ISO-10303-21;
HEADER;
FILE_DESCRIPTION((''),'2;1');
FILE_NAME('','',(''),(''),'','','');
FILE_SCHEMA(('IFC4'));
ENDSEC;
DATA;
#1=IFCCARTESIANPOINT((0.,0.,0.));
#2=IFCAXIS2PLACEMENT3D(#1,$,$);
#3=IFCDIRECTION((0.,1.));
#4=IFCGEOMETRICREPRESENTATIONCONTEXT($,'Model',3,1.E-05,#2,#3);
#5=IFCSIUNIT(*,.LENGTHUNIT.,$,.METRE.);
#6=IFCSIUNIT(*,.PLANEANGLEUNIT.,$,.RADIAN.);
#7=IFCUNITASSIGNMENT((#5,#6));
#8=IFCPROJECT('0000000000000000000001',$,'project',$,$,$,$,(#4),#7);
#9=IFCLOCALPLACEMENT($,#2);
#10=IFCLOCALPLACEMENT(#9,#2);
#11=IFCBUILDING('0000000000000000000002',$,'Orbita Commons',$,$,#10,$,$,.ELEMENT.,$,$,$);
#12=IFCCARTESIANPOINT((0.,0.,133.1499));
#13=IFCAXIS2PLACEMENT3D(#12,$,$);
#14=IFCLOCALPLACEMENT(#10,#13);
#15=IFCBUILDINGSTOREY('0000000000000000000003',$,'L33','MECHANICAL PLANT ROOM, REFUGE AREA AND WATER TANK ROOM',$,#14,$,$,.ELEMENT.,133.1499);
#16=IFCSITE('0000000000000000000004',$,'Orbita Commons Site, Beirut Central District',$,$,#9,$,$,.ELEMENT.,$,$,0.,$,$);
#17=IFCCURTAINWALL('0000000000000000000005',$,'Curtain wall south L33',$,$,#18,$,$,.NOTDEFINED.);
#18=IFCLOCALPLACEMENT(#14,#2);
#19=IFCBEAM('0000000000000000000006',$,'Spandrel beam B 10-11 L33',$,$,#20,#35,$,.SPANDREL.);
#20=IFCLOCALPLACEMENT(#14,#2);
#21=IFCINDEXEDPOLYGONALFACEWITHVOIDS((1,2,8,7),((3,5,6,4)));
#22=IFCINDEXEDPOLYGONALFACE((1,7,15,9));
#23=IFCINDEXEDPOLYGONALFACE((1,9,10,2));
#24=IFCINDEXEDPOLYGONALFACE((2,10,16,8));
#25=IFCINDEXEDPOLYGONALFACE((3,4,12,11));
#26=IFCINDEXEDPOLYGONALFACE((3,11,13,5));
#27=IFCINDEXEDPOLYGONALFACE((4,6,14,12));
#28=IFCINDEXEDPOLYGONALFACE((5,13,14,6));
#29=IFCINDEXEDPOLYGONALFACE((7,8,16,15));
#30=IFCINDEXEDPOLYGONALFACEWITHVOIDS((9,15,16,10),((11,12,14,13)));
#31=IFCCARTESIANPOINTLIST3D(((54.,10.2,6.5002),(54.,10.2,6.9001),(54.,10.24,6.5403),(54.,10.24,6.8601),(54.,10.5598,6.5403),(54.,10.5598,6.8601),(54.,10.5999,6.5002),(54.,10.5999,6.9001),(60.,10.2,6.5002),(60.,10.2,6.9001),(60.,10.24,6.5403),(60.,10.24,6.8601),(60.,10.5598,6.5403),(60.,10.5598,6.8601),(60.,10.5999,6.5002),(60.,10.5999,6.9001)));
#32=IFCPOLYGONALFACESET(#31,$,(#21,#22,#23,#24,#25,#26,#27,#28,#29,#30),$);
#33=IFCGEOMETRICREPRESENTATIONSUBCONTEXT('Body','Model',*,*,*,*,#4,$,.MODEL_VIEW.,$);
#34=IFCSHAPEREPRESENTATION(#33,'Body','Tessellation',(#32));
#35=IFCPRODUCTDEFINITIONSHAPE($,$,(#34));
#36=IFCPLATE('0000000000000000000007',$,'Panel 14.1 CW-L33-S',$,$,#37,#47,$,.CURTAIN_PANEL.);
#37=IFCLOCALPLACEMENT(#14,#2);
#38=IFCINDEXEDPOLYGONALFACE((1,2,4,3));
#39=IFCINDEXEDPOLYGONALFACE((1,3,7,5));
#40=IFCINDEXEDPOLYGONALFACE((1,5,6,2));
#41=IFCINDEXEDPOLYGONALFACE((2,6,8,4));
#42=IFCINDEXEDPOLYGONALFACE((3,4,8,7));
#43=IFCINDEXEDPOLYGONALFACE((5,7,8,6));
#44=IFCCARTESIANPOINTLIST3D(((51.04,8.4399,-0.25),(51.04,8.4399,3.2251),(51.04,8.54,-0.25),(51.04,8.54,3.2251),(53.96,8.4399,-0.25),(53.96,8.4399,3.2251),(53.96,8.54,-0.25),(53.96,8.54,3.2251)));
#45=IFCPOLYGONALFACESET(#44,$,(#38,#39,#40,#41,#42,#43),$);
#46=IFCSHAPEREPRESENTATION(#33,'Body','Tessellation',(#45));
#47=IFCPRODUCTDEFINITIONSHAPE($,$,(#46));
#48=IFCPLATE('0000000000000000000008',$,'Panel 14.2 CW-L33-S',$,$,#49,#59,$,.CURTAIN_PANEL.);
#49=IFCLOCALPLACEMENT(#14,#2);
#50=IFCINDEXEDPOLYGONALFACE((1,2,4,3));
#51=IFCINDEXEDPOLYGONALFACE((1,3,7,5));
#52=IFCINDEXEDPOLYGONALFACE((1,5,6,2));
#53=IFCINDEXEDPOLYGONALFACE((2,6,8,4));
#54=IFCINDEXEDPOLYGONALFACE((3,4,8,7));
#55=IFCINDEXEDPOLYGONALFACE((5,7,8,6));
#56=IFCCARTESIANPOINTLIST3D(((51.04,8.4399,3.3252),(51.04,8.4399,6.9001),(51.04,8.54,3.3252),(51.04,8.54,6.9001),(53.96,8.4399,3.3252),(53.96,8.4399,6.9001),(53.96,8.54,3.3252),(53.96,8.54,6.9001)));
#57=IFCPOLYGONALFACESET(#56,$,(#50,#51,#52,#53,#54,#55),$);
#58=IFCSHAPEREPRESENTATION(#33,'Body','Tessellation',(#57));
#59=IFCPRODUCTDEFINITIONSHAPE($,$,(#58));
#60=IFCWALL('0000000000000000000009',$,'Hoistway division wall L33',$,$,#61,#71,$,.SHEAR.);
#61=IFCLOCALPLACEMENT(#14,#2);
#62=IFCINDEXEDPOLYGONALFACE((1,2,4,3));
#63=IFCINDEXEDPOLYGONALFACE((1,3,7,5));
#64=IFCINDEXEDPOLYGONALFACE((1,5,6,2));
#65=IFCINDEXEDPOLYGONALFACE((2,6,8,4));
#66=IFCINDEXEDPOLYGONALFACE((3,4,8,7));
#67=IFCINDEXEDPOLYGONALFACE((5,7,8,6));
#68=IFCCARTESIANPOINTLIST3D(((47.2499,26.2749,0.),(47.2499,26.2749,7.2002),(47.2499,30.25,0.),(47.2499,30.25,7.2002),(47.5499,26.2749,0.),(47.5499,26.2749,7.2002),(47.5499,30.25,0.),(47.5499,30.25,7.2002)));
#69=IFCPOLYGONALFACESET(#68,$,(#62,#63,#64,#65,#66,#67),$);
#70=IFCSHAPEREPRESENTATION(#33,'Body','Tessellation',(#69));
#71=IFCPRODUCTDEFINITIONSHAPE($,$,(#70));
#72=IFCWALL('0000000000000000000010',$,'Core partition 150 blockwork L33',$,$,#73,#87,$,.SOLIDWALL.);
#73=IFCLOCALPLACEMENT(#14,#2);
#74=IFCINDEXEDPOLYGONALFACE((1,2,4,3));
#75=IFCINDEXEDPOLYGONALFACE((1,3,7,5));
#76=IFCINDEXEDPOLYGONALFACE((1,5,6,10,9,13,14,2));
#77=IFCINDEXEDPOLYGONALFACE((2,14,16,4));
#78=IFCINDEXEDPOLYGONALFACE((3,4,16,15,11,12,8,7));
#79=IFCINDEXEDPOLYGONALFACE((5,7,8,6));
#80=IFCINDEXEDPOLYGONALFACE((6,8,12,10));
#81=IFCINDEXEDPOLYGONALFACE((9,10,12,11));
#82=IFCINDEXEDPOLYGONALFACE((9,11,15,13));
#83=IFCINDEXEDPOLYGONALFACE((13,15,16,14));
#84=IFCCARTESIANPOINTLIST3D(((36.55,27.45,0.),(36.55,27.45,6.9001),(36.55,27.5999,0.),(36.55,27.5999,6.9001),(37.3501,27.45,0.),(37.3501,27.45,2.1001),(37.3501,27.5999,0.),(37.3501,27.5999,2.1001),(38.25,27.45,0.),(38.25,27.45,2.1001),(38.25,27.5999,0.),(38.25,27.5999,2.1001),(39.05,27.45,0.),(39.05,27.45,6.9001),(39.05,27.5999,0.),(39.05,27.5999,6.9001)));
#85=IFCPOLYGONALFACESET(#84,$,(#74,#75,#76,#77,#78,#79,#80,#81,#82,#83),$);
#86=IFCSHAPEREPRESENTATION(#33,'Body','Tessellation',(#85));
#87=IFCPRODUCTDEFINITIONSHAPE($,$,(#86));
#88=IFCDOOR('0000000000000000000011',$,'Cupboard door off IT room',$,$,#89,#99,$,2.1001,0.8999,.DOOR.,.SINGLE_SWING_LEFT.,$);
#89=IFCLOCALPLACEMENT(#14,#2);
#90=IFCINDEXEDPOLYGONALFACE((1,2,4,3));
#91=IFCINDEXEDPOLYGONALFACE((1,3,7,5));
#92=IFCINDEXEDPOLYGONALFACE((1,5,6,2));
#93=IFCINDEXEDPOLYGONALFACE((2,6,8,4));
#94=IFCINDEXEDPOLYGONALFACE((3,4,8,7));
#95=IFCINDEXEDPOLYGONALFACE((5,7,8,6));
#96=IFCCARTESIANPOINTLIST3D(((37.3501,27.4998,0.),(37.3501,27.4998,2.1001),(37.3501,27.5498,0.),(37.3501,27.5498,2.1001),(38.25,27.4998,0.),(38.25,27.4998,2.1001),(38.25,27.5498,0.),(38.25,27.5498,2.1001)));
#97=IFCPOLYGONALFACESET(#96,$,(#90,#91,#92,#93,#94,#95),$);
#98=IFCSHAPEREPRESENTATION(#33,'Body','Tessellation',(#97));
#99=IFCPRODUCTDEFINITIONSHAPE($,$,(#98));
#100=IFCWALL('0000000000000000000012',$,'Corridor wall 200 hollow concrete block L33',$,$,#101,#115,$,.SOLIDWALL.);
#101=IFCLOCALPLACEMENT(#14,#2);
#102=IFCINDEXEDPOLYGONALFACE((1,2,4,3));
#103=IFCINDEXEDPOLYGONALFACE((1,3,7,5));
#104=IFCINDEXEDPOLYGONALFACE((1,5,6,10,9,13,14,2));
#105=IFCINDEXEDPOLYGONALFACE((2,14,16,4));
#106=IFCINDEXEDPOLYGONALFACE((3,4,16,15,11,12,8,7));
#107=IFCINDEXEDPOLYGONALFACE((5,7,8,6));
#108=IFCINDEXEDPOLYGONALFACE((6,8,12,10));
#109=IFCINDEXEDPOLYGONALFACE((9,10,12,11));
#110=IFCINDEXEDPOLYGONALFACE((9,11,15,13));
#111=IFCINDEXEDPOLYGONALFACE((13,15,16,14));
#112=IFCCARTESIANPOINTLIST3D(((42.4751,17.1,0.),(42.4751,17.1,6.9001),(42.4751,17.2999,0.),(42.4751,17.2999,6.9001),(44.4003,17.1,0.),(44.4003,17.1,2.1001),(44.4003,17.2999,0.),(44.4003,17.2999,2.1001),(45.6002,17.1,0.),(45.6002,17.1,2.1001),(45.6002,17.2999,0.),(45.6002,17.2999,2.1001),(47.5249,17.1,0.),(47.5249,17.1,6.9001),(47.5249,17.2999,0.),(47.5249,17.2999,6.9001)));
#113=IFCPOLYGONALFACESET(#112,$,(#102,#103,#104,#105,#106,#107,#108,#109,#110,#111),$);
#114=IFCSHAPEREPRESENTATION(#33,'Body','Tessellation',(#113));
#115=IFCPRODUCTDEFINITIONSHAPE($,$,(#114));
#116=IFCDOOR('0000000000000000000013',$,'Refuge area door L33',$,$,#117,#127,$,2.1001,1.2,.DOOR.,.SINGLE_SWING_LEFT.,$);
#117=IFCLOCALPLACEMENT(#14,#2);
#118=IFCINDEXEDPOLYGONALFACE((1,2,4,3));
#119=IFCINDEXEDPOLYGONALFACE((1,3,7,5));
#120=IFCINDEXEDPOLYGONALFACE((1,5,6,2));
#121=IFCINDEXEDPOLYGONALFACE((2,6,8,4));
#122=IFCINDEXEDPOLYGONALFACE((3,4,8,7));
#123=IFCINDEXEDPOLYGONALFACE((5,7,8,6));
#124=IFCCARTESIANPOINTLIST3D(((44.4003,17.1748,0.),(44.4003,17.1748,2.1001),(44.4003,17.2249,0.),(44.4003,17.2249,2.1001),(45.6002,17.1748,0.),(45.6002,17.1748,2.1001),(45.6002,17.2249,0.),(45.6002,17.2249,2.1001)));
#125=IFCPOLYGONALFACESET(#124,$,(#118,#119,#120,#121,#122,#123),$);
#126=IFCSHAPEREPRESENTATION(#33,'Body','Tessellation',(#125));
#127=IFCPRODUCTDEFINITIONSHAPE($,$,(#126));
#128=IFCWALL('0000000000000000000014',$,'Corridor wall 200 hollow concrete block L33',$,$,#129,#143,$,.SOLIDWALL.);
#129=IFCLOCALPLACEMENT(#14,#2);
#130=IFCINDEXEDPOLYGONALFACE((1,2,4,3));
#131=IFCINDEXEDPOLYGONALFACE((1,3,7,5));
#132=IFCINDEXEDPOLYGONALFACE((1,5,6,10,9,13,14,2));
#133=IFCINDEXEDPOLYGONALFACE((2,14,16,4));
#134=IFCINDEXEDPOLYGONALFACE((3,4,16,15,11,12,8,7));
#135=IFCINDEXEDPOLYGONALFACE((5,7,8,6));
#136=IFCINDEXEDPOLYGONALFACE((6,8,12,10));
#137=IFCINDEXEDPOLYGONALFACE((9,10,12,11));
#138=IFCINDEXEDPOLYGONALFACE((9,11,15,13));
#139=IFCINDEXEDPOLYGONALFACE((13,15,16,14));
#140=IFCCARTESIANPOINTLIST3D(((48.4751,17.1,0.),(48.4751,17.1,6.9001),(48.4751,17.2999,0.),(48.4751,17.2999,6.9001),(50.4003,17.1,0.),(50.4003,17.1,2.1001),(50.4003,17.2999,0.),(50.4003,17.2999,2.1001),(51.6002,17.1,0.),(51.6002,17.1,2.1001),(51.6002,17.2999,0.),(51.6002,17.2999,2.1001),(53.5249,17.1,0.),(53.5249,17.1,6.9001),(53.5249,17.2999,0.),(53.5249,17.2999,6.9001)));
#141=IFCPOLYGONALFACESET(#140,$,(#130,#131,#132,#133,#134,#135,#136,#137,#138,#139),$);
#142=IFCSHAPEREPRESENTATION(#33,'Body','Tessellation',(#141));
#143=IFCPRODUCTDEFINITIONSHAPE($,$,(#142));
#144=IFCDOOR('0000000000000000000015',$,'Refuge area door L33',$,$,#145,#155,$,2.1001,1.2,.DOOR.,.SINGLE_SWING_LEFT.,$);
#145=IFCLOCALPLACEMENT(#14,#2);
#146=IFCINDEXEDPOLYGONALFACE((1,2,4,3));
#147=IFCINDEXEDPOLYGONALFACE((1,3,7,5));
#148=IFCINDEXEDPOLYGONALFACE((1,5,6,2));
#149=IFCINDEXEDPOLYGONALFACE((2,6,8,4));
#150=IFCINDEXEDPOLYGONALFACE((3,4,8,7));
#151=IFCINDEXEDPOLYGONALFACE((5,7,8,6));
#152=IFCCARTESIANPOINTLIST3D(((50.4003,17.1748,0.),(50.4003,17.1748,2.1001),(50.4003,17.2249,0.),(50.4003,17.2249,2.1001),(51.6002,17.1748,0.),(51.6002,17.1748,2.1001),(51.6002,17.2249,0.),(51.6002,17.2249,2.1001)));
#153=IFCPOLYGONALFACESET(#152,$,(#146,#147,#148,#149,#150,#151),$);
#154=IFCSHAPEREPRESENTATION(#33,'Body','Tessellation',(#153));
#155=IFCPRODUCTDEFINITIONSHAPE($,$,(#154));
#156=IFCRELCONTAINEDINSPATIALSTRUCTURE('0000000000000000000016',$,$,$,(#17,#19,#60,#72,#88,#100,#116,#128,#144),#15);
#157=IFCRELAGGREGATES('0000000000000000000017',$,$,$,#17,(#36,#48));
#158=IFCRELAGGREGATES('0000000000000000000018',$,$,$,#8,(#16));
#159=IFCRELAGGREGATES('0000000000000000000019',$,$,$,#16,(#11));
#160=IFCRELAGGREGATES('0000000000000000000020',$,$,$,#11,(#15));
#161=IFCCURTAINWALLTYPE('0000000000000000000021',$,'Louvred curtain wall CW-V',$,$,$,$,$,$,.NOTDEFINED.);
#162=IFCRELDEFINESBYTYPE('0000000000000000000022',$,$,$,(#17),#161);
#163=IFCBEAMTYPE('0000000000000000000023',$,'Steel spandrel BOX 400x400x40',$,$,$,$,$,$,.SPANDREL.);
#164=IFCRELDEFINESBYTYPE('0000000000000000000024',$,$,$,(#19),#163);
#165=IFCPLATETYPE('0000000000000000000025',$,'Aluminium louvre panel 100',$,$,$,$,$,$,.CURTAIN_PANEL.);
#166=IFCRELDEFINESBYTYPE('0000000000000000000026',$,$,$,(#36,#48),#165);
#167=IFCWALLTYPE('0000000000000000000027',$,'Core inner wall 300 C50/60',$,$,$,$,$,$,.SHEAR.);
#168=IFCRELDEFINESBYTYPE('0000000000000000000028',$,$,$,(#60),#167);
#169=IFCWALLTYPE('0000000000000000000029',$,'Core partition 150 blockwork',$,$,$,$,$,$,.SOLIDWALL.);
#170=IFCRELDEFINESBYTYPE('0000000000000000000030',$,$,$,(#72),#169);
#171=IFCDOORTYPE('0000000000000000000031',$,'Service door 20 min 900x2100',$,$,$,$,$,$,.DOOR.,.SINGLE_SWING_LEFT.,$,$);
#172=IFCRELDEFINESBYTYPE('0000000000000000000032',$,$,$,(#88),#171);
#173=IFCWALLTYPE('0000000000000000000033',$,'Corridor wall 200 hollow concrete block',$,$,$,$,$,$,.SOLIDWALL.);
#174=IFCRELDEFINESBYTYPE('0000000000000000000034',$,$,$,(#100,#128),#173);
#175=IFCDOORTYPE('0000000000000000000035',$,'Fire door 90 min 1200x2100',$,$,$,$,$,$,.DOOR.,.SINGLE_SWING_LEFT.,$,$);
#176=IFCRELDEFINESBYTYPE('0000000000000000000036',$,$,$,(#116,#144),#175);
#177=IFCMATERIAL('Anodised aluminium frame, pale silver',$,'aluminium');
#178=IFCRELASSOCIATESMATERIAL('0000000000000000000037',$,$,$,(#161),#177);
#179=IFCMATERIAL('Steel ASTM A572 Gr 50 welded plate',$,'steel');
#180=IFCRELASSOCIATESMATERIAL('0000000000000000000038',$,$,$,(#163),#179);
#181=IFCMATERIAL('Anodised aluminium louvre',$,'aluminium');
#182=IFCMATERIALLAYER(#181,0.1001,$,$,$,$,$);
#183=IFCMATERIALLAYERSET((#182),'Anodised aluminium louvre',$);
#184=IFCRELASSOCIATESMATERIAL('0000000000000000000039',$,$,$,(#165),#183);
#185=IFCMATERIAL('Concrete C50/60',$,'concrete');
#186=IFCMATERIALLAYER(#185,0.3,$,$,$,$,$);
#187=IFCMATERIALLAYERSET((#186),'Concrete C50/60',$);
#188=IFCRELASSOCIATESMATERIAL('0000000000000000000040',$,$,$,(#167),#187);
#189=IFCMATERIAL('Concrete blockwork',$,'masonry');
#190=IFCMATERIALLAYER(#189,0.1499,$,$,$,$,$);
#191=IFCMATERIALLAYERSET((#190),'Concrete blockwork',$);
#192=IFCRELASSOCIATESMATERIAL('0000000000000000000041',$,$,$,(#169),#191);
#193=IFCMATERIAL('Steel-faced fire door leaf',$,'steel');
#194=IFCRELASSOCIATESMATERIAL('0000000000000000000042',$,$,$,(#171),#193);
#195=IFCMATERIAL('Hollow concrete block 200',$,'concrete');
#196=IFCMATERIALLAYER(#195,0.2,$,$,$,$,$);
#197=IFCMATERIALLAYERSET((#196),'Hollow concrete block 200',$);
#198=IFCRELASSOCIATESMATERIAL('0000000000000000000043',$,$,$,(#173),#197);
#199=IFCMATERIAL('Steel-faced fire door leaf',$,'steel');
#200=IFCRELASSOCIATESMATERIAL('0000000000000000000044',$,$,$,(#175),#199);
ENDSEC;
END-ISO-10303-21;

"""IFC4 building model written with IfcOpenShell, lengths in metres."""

from ifc_helpers import new_model, si_unit, direction, frame, frame_2d, origin, origin_2d, place, context, subcontext, project, spatial, rectangle, hollow_rectangle, extrude, material, layer, layer_set, material_profile, profile_set, type_object, element, fill, aggregate, save


model = new_model("IFC4")

# Units and contexts
model_context = context("Model", 3, precision=1e-05, world=origin(), true_north=direction((0.0, 1.0)))
body_context = subcontext(model_context, "Body", "Model", "MODEL_VIEW")
ifc_project = project(units=[si_unit("LENGTHUNIT", "METRE"), si_unit("PLANEANGLEUNIT", "RADIAN")], contexts=[model_context])

# Site, building, storey
site_placement = place(None, origin())
site = spatial("IfcSite", under=ifc_project, at=site_placement, Name="Orbita Commons Site, Beirut Central District", CompositionType="ELEMENT", RefElevation=0.0)
building_placement = place(site_placement, origin())
building = spatial("IfcBuilding", under=site, at=building_placement, Name="Orbita Commons", CompositionType="ELEMENT")
storey_placement = place(building_placement, frame((0.0, 0.0, 133.1499)))
storey = spatial("IfcBuildingStorey", under=building, at=storey_placement, Name="L33", Description="MECHANICAL PLANT ROOM, REFUGE AREA AND WATER TANK ROOM", CompositionType="ELEMENT", Elevation=133.1499)

# Curtain wall
ifc_material_1 = material(Name="Anodised aluminium frame, pale silver", Category="aluminium")
curtain_wall_type = type_object("IfcCurtainWallType", Name="Louvred curtain wall CW-V", PredefinedType="NOTDEFINED", material=ifc_material_1)
curtain_wall_placement = place(storey_placement, origin())
curtain_wall = element("IfcCurtainWall", 1, at=curtain_wall_placement, inside=storey, type_object=curtain_wall_type, Name="Curtain wall south L33", PredefinedType="NOTDEFINED")

# Beam
ifc_material_2 = material(Name="Steel ASTM A572 Gr 50 welded plate", Category="steel")
ifc_material_profile_1 = material_profile(ifc_material_2, hollow_rectangle(XDim=0.3999, YDim=0.3999, WallThickness=0.04, at=origin_2d()), Name="BOX 400x400x40")
ifc_profile_set_1 = profile_set([ifc_material_profile_1], Name="Steel ASTM A572 Gr 50 welded plate")
beam_type = type_object("IfcBeamType", Name="Steel spandrel BOX 400x400x40", PredefinedType="SPANDREL", material=ifc_profile_set_1)
for number, where, z_axis, x_axis, name in (
    (2, (54.0, 10.3999, 6.7002), (1.0, 0.0, 0.0), (0.0, 1.0, 0.0), "Spandrel beam B 10-11 L33"),
):
    element("IfcBeam", number, at=place(storey_placement, frame(where, z_axis=z_axis, x_axis=x_axis)), inside=storey, type_object=beam_type, Name=name, PredefinedType="SPANDREL", context=body_context, shape_type="SweptSolid", body=[
        extrude(hollow_rectangle(XDim=0.3999, YDim=0.3999, WallThickness=0.04, at=origin_2d()), origin(), (0.0, 0.0, 1.0), 6.0),
    ])

# Plates
ifc_material_3 = material(Name="Anodised aluminium louvre", Category="aluminium")
ifc_layer_1 = layer(ifc_material_3, 0.1001)
ifc_layer_set_1 = layer_set([ifc_layer_1], Name="Anodised aluminium louvre")
plate_type = type_object("IfcPlateType", Name="Aluminium louvre panel 100", PredefinedType="CURTAIN_PANEL", material=ifc_layer_set_1)
plate_1_placement = place(storey_placement, frame((52.5, 8.49, -0.25), z_axis=(0.0, 0.0, 1.0), x_axis=(1.0, 0.0, 0.0)))
plate_1 = element("IfcPlate", 3, at=plate_1_placement, type_object=plate_type, Name="Panel 14.1 CW-L33-S", PredefinedType="CURTAIN_PANEL", context=body_context, shape_type="SweptSolid", body=[
    extrude(rectangle(XDim=2.9199, YDim=0.1001, at=origin_2d()), origin(), (0.0, 0.0, 1.0), 3.4751),
])
plate_2_placement = place(storey_placement, frame((52.5, 8.49, 3.3252), z_axis=(0.0, 0.0, 1.0), x_axis=(1.0, 0.0, 0.0)))
plate_2 = element("IfcPlate", 4, at=plate_2_placement, type_object=plate_type, Name="Panel 14.2 CW-L33-S", PredefinedType="CURTAIN_PANEL", context=body_context, shape_type="SweptSolid", body=[
    extrude(rectangle(XDim=2.9199, YDim=0.1001, at=origin_2d()), origin(), (0.0, 0.0, 1.0), 3.575),
])
aggregate(curtain_wall, [plate_1, plate_2])

# Wall
ifc_material_4 = material(Name="Concrete C50/60", Category="concrete")
ifc_layer_2 = layer(ifc_material_4, 0.3)
ifc_layer_set_2 = layer_set([ifc_layer_2], Name="Concrete C50/60")
wall_type_1 = type_object("IfcWallType", Name="Core inner wall 300 C50/60", PredefinedType="SHEAR", material=ifc_layer_set_2)
wall_1_placement = place(storey_placement, frame((47.3999, 26.2749, 0.0), z_axis=(0.0, 0.0, 1.0), x_axis=(0.0, 1.0, 0.0)))
element("IfcWall", 5, at=wall_1_placement, inside=storey, type_object=wall_type_1, Name="Hoistway division wall L33", PredefinedType="SHEAR", context=body_context, shape_type="SweptSolid", body=[
    extrude(rectangle(XDim=3.9751, YDim=0.3, at=frame_2d((1.9875, 0.0))), origin(), (0.0, 0.0, 1.0), 7.2002),
])

# Walls, openings, doors
ifc_material_5 = material(Name="Concrete blockwork", Category="masonry")
ifc_layer_3 = layer(ifc_material_5, 0.1499)
ifc_layer_set_3 = layer_set([ifc_layer_3], Name="Concrete blockwork")
wall_type_2 = type_object("IfcWallType", Name="Core partition 150 blockwork", PredefinedType="SOLIDWALL", material=ifc_layer_set_3)
wall_2_placement = place(storey_placement, frame((36.55, 27.5249, 0.0), z_axis=(0.0, 0.0, 1.0), x_axis=(1.0, 0.0, 0.0)))
wall_2 = element("IfcWall", 6, at=wall_2_placement, inside=storey, type_object=wall_type_2, Name="Core partition 150 blockwork L33", PredefinedType="SOLIDWALL", context=body_context, shape_type="SweptSolid", body=[
    extrude(rectangle(XDim=2.5, YDim=0.1499, at=frame_2d((1.25, 0.0))), origin(), (0.0, 0.0, 1.0), 6.9001),
])
opening_1_placement = place(wall_2_placement, frame((0.8, 0.0, 0.0)))
opening_1 = element("IfcOpeningElement", 7, at=opening_1_placement, cuts=wall_2, PredefinedType="OPENING", context=body_context, shape_type="SweptSolid", body=[
    extrude(rectangle(XDim=0.8999, YDim=2.1001, at=frame_2d((0.45, 1.05))), frame((0.0, 0.085, 0.0), z_axis=(0.0, -1.0, 0.0), x_axis=(1.0, 0.0, 0.0)), (0.0, 0.0, 1.0), 0.1699),
])
ifc_material_6 = material(Name="Steel-faced fire door leaf", Category="steel")
door_type_1 = type_object("IfcDoorType", Name="Service door 20 min 900x2100", OperationType="SINGLE_SWING_LEFT", PredefinedType="DOOR", material=ifc_material_6)
door_1_placement = place(opening_1_placement, origin())
door_1 = element("IfcDoor", 8, at=door_1_placement, inside=storey, type_object=door_type_1, Name="Cupboard door off IT room", OperationType="SINGLE_SWING_LEFT", OverallHeight=2.1001, OverallWidth=0.8999, PredefinedType="DOOR", context=body_context, shape_type="SweptSolid", body=[
    extrude(rectangle(XDim=0.8999, YDim=2.1001, at=frame_2d((0.45, 1.05))), frame((0.0, 0.0249, 0.0), z_axis=(0.0, -1.0, 0.0), x_axis=(1.0, 0.0, 0.0)), (0.0, 0.0, 1.0), 0.05),
])
fill(opening_1, door_1)
ifc_material_7 = material(Name="Hollow concrete block 200", Category="concrete")
ifc_layer_4 = layer(ifc_material_7, 0.2)
ifc_layer_set_4 = layer_set([ifc_layer_4], Name="Hollow concrete block 200")
wall_type_3 = type_object("IfcWallType", Name="Corridor wall 200 hollow concrete block", PredefinedType="SOLIDWALL", material=ifc_layer_set_4)
wall_3_placement = place(storey_placement, frame((42.4751, 17.2, 0.0), z_axis=(0.0, 0.0, 1.0), x_axis=(1.0, 0.0, 0.0)))
wall_3 = element("IfcWall", 9, at=wall_3_placement, inside=storey, type_object=wall_type_3, Name="Corridor wall 200 hollow concrete block L33", PredefinedType="SOLIDWALL", context=body_context, shape_type="SweptSolid", body=[
    extrude(rectangle(XDim=5.0498, YDim=0.2, at=frame_2d((2.5249, 0.0))), origin(), (0.0, 0.0, 1.0), 6.9001),
])
opening_2_placement = place(wall_3_placement, frame((1.925, 0.0, 0.0)))
opening_2 = element("IfcOpeningElement", 10, at=opening_2_placement, cuts=wall_3, PredefinedType="OPENING", context=body_context, shape_type="SweptSolid", body=[
    extrude(rectangle(XDim=1.2, YDim=2.1001, at=frame_2d((0.6001, 1.05))), frame((0.0, 0.1099, 0.0), z_axis=(0.0, -1.0, 0.0), x_axis=(1.0, 0.0, 0.0)), (0.0, 0.0, 1.0), 0.22),
])
ifc_material_8 = material(Name="Steel-faced fire door leaf", Category="steel")
door_type_2 = type_object("IfcDoorType", Name="Fire door 90 min 1200x2100", OperationType="SINGLE_SWING_LEFT", PredefinedType="DOOR", material=ifc_material_8)
door_2_placement = place(opening_2_placement, origin())
door_2 = element("IfcDoor", 11, at=door_2_placement, inside=storey, type_object=door_type_2, Name="Refuge area door L33", OperationType="SINGLE_SWING_LEFT", OverallHeight=2.1001, OverallWidth=1.2, PredefinedType="DOOR", context=body_context, shape_type="SweptSolid", body=[
    extrude(rectangle(XDim=1.2, YDim=2.1001, at=frame_2d((0.6001, 1.05))), frame((0.0, 0.0249, 0.0), z_axis=(0.0, -1.0, 0.0), x_axis=(1.0, 0.0, 0.0)), (0.0, 0.0, 1.0), 0.05),
])
fill(opening_2, door_2)
wall_4_placement = place(storey_placement, frame((48.4751, 17.2, 0.0), z_axis=(0.0, 0.0, 1.0), x_axis=(1.0, 0.0, 0.0)))
wall_4 = element("IfcWall", 12, at=wall_4_placement, inside=storey, type_object=wall_type_3, Name="Corridor wall 200 hollow concrete block L33", PredefinedType="SOLIDWALL", context=body_context, shape_type="SweptSolid", body=[
    extrude(rectangle(XDim=5.0498, YDim=0.2, at=frame_2d((2.5249, 0.0))), origin(), (0.0, 0.0, 1.0), 6.9001),
])
opening_3_placement = place(wall_4_placement, frame((1.925, 0.0, 0.0)))
opening_3 = element("IfcOpeningElement", 13, at=opening_3_placement, cuts=wall_4, PredefinedType="OPENING", context=body_context, shape_type="SweptSolid", body=[
    extrude(rectangle(XDim=1.2, YDim=2.1001, at=frame_2d((0.6001, 1.05))), frame((0.0, 0.1099, 0.0), z_axis=(0.0, -1.0, 0.0), x_axis=(1.0, 0.0, 0.0)), (0.0, 0.0, 1.0), 0.22),
])
door_3_placement = place(opening_3_placement, origin())
door_3 = element("IfcDoor", 14, at=door_3_placement, inside=storey, type_object=door_type_2, Name="Refuge area door L33", OperationType="SINGLE_SWING_LEFT", OverallHeight=2.1001, OverallWidth=1.2, PredefinedType="DOOR", context=body_context, shape_type="SweptSolid", body=[
    extrude(rectangle(XDim=1.2, YDim=2.1001, at=frame_2d((0.6001, 1.05))), frame((0.0, 0.0249, 0.0), z_axis=(0.0, -1.0, 0.0), x_axis=(1.0, 0.0, 0.0)), (0.0, 0.0, 1.0), 0.05),
])
fill(opening_3, door_3)

save(model, "model.ifc")
